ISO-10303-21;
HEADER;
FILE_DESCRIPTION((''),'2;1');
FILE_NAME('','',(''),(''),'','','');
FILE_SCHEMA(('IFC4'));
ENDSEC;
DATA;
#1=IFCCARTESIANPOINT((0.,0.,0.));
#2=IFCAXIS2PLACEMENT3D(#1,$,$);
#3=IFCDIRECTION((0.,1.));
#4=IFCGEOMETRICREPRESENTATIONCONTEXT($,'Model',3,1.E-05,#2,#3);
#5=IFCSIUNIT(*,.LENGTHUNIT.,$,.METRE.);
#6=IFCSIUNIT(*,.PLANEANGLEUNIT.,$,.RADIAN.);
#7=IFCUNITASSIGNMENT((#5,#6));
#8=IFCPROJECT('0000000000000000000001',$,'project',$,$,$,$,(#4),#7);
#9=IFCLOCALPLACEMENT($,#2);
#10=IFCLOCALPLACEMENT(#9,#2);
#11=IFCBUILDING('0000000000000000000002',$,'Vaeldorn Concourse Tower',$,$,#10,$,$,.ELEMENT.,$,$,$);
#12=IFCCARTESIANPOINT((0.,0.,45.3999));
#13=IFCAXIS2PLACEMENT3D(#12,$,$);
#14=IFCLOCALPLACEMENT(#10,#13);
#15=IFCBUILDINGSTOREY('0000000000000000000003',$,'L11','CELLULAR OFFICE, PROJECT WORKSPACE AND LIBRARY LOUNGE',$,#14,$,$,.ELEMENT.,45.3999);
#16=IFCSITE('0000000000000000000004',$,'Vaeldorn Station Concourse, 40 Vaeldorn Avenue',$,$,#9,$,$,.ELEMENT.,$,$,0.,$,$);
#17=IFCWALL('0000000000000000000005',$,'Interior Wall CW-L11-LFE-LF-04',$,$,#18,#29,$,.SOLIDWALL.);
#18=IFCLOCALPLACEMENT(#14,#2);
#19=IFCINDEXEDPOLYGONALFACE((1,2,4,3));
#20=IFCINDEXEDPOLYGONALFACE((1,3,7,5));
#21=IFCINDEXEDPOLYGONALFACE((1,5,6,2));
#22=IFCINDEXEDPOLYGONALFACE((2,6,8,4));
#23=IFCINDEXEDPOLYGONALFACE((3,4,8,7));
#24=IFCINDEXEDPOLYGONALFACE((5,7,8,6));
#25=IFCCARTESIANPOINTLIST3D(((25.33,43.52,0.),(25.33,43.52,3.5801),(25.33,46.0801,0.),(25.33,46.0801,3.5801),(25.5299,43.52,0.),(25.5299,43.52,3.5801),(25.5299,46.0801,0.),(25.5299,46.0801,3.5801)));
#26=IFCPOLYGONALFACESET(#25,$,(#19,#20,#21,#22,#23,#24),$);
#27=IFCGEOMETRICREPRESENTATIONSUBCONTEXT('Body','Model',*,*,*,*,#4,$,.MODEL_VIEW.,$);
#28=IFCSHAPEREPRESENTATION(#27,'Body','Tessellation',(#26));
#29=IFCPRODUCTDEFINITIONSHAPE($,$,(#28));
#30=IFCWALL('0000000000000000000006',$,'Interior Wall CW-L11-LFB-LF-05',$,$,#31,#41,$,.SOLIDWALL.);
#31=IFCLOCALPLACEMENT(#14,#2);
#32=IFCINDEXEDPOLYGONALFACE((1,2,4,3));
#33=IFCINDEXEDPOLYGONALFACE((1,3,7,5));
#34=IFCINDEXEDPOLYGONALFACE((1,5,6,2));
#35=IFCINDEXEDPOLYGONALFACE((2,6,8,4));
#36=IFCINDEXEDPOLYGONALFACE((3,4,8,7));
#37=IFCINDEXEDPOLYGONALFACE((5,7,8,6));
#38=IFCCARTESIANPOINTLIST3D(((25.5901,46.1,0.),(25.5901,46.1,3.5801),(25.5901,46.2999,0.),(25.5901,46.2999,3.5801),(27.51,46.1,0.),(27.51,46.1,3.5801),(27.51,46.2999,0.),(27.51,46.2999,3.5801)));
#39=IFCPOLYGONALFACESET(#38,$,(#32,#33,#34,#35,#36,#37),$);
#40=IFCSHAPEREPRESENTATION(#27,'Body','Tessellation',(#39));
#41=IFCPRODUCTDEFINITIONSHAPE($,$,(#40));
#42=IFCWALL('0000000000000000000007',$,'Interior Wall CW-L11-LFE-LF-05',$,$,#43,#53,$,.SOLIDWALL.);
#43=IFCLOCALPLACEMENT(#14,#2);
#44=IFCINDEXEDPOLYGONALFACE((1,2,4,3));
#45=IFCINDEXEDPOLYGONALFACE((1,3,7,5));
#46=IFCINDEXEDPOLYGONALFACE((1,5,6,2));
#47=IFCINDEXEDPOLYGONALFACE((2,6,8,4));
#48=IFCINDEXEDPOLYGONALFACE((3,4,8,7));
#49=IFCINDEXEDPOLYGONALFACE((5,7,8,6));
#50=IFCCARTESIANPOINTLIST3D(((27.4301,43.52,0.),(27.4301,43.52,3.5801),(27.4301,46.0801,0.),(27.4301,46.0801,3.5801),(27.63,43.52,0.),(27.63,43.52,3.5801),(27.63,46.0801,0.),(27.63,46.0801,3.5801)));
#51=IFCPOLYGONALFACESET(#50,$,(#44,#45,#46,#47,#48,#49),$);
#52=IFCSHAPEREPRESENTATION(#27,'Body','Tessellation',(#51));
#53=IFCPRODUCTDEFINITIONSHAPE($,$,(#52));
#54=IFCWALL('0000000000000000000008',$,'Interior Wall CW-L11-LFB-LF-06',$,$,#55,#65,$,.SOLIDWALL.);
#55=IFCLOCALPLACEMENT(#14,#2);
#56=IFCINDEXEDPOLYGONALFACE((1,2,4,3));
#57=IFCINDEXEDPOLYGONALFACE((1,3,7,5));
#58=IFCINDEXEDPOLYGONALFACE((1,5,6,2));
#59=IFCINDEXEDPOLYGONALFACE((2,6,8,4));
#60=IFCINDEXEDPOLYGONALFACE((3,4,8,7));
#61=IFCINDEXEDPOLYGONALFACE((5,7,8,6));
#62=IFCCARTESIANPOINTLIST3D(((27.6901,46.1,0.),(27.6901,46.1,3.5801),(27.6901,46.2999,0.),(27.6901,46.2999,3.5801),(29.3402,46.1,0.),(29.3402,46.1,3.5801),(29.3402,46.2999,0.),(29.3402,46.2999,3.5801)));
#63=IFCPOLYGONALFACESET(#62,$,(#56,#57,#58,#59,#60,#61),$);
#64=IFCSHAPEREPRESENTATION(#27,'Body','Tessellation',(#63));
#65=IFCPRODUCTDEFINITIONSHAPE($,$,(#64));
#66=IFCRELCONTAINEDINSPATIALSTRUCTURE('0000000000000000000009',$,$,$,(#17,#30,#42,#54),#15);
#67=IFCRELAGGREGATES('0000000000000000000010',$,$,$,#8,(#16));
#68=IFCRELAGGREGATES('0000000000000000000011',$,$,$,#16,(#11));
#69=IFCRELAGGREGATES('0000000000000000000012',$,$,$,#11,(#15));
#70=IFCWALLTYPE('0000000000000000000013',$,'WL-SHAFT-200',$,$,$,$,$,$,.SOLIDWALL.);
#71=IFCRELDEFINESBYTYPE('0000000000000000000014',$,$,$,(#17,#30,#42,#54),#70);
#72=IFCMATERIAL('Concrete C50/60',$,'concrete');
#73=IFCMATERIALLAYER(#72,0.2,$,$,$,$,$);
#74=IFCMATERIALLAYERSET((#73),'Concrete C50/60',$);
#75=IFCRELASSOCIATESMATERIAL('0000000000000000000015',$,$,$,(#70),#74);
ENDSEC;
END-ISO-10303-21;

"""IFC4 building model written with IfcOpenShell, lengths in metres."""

from ifc_helpers import new_model, si_unit, direction, frame, frame_2d, origin, place, context, subcontext, project, spatial, rectangle, extrude, material, layer, layer_set, type_object, element, save


model = new_model("IFC4")

# Units and contexts
model_context = context("Model", 3, precision=1e-05, world=origin(), true_north=direction((0.0, 1.0)))
body_context = subcontext(model_context, "Body", "Model", "MODEL_VIEW")
ifc_project = project(units=[si_unit("LENGTHUNIT", "METRE"), si_unit("PLANEANGLEUNIT", "RADIAN")], contexts=[model_context])

# Site, building, storey
site_placement = place(None, origin())
site = spatial("IfcSite", under=ifc_project, at=site_placement, Name="Vaeldorn Station Concourse, 40 Vaeldorn Avenue", CompositionType="ELEMENT", RefElevation=0.0)
building_placement = place(site_placement, origin())
building = spatial("IfcBuilding", under=site, at=building_placement, Name="Vaeldorn Concourse Tower", CompositionType="ELEMENT")
storey_placement = place(building_placement, frame((0.0, 0.0, 45.3999)))
storey = spatial("IfcBuildingStorey", under=building, at=storey_placement, Name="L11", Description="CELLULAR OFFICE, PROJECT WORKSPACE AND LIBRARY LOUNGE", CompositionType="ELEMENT", Elevation=45.3999)

# Shared definitions
ifc_material_1 = material(Name="Concrete C50/60", Category="concrete")
ifc_layer_1 = layer(ifc_material_1, 0.2)
ifc_layer_set_1 = layer_set([ifc_layer_1], Name="Concrete C50/60")
wall_type_1 = type_object("IfcWallType", Name="WL-SHAFT-200", PredefinedType="SOLIDWALL", material=ifc_layer_set_1)

# Wall
wall_1_placement = place(storey_placement, frame((25.4299, 43.52, 0.0), z_axis=(0.0, 0.0, 1.0), x_axis=(0.0, 1.0, 0.0)))
element("IfcWall", 1, at=wall_1_placement, inside=storey, type_object=wall_type_1, Name="Interior Wall CW-L11-LFE-LF-04", PredefinedType="SOLIDWALL", context=body_context, shape_type="SweptSolid", body=[
    extrude(rectangle(XDim=2.5601, YDim=0.2, at=frame_2d((1.28, 0.0))), origin(), (0.0, 0.0, 1.0), 3.5801),
])

# Walls
wall_2_placement = place(storey_placement, frame((25.5901, 46.2, 0.0), z_axis=(0.0, 0.0, 1.0), x_axis=(1.0, 0.0, 0.0)))
element("IfcWall", 2, at=wall_2_placement, inside=storey, type_object=wall_type_1, Name="Interior Wall CW-L11-LFB-LF-05", PredefinedType="SOLIDWALL", context=body_context, shape_type="SweptSolid", body=[
    extrude(rectangle(XDim=1.9199, YDim=0.2, at=frame_2d((0.96, 0.0))), origin(), (0.0, 0.0, 1.0), 3.5801),
])
wall_3_placement = place(storey_placement, frame((27.53, 43.52, 0.0), z_axis=(0.0, 0.0, 1.0), x_axis=(0.0, 1.0, 0.0)))
element("IfcWall", 3, at=wall_3_placement, inside=storey, type_object=wall_type_1, Name="Interior Wall CW-L11-LFE-LF-05", PredefinedType="SOLIDWALL", context=body_context, shape_type="SweptSolid", body=[
    extrude(rectangle(XDim=2.5601, YDim=0.2, at=frame_2d((1.28, 0.0))), origin(), (0.0, 0.0, 1.0), 3.5801),
])

# Wall
wall_4_placement = place(storey_placement, frame((27.6899, 46.2, 0.0), z_axis=(0.0, 0.0, 1.0), x_axis=(1.0, 0.0, 0.0)))
element("IfcWall", 4, at=wall_4_placement, inside=storey, type_object=wall_type_1, Name="Interior Wall CW-L11-LFB-LF-06", PredefinedType="SOLIDWALL", context=body_context, shape_type="SweptSolid", body=[
    extrude(rectangle(XDim=1.6501, YDim=0.2, at=frame_2d((0.8252, 0.0))), origin(), (0.0, 0.0, 1.0), 3.5801),
])

save(model, "model.ifc")
